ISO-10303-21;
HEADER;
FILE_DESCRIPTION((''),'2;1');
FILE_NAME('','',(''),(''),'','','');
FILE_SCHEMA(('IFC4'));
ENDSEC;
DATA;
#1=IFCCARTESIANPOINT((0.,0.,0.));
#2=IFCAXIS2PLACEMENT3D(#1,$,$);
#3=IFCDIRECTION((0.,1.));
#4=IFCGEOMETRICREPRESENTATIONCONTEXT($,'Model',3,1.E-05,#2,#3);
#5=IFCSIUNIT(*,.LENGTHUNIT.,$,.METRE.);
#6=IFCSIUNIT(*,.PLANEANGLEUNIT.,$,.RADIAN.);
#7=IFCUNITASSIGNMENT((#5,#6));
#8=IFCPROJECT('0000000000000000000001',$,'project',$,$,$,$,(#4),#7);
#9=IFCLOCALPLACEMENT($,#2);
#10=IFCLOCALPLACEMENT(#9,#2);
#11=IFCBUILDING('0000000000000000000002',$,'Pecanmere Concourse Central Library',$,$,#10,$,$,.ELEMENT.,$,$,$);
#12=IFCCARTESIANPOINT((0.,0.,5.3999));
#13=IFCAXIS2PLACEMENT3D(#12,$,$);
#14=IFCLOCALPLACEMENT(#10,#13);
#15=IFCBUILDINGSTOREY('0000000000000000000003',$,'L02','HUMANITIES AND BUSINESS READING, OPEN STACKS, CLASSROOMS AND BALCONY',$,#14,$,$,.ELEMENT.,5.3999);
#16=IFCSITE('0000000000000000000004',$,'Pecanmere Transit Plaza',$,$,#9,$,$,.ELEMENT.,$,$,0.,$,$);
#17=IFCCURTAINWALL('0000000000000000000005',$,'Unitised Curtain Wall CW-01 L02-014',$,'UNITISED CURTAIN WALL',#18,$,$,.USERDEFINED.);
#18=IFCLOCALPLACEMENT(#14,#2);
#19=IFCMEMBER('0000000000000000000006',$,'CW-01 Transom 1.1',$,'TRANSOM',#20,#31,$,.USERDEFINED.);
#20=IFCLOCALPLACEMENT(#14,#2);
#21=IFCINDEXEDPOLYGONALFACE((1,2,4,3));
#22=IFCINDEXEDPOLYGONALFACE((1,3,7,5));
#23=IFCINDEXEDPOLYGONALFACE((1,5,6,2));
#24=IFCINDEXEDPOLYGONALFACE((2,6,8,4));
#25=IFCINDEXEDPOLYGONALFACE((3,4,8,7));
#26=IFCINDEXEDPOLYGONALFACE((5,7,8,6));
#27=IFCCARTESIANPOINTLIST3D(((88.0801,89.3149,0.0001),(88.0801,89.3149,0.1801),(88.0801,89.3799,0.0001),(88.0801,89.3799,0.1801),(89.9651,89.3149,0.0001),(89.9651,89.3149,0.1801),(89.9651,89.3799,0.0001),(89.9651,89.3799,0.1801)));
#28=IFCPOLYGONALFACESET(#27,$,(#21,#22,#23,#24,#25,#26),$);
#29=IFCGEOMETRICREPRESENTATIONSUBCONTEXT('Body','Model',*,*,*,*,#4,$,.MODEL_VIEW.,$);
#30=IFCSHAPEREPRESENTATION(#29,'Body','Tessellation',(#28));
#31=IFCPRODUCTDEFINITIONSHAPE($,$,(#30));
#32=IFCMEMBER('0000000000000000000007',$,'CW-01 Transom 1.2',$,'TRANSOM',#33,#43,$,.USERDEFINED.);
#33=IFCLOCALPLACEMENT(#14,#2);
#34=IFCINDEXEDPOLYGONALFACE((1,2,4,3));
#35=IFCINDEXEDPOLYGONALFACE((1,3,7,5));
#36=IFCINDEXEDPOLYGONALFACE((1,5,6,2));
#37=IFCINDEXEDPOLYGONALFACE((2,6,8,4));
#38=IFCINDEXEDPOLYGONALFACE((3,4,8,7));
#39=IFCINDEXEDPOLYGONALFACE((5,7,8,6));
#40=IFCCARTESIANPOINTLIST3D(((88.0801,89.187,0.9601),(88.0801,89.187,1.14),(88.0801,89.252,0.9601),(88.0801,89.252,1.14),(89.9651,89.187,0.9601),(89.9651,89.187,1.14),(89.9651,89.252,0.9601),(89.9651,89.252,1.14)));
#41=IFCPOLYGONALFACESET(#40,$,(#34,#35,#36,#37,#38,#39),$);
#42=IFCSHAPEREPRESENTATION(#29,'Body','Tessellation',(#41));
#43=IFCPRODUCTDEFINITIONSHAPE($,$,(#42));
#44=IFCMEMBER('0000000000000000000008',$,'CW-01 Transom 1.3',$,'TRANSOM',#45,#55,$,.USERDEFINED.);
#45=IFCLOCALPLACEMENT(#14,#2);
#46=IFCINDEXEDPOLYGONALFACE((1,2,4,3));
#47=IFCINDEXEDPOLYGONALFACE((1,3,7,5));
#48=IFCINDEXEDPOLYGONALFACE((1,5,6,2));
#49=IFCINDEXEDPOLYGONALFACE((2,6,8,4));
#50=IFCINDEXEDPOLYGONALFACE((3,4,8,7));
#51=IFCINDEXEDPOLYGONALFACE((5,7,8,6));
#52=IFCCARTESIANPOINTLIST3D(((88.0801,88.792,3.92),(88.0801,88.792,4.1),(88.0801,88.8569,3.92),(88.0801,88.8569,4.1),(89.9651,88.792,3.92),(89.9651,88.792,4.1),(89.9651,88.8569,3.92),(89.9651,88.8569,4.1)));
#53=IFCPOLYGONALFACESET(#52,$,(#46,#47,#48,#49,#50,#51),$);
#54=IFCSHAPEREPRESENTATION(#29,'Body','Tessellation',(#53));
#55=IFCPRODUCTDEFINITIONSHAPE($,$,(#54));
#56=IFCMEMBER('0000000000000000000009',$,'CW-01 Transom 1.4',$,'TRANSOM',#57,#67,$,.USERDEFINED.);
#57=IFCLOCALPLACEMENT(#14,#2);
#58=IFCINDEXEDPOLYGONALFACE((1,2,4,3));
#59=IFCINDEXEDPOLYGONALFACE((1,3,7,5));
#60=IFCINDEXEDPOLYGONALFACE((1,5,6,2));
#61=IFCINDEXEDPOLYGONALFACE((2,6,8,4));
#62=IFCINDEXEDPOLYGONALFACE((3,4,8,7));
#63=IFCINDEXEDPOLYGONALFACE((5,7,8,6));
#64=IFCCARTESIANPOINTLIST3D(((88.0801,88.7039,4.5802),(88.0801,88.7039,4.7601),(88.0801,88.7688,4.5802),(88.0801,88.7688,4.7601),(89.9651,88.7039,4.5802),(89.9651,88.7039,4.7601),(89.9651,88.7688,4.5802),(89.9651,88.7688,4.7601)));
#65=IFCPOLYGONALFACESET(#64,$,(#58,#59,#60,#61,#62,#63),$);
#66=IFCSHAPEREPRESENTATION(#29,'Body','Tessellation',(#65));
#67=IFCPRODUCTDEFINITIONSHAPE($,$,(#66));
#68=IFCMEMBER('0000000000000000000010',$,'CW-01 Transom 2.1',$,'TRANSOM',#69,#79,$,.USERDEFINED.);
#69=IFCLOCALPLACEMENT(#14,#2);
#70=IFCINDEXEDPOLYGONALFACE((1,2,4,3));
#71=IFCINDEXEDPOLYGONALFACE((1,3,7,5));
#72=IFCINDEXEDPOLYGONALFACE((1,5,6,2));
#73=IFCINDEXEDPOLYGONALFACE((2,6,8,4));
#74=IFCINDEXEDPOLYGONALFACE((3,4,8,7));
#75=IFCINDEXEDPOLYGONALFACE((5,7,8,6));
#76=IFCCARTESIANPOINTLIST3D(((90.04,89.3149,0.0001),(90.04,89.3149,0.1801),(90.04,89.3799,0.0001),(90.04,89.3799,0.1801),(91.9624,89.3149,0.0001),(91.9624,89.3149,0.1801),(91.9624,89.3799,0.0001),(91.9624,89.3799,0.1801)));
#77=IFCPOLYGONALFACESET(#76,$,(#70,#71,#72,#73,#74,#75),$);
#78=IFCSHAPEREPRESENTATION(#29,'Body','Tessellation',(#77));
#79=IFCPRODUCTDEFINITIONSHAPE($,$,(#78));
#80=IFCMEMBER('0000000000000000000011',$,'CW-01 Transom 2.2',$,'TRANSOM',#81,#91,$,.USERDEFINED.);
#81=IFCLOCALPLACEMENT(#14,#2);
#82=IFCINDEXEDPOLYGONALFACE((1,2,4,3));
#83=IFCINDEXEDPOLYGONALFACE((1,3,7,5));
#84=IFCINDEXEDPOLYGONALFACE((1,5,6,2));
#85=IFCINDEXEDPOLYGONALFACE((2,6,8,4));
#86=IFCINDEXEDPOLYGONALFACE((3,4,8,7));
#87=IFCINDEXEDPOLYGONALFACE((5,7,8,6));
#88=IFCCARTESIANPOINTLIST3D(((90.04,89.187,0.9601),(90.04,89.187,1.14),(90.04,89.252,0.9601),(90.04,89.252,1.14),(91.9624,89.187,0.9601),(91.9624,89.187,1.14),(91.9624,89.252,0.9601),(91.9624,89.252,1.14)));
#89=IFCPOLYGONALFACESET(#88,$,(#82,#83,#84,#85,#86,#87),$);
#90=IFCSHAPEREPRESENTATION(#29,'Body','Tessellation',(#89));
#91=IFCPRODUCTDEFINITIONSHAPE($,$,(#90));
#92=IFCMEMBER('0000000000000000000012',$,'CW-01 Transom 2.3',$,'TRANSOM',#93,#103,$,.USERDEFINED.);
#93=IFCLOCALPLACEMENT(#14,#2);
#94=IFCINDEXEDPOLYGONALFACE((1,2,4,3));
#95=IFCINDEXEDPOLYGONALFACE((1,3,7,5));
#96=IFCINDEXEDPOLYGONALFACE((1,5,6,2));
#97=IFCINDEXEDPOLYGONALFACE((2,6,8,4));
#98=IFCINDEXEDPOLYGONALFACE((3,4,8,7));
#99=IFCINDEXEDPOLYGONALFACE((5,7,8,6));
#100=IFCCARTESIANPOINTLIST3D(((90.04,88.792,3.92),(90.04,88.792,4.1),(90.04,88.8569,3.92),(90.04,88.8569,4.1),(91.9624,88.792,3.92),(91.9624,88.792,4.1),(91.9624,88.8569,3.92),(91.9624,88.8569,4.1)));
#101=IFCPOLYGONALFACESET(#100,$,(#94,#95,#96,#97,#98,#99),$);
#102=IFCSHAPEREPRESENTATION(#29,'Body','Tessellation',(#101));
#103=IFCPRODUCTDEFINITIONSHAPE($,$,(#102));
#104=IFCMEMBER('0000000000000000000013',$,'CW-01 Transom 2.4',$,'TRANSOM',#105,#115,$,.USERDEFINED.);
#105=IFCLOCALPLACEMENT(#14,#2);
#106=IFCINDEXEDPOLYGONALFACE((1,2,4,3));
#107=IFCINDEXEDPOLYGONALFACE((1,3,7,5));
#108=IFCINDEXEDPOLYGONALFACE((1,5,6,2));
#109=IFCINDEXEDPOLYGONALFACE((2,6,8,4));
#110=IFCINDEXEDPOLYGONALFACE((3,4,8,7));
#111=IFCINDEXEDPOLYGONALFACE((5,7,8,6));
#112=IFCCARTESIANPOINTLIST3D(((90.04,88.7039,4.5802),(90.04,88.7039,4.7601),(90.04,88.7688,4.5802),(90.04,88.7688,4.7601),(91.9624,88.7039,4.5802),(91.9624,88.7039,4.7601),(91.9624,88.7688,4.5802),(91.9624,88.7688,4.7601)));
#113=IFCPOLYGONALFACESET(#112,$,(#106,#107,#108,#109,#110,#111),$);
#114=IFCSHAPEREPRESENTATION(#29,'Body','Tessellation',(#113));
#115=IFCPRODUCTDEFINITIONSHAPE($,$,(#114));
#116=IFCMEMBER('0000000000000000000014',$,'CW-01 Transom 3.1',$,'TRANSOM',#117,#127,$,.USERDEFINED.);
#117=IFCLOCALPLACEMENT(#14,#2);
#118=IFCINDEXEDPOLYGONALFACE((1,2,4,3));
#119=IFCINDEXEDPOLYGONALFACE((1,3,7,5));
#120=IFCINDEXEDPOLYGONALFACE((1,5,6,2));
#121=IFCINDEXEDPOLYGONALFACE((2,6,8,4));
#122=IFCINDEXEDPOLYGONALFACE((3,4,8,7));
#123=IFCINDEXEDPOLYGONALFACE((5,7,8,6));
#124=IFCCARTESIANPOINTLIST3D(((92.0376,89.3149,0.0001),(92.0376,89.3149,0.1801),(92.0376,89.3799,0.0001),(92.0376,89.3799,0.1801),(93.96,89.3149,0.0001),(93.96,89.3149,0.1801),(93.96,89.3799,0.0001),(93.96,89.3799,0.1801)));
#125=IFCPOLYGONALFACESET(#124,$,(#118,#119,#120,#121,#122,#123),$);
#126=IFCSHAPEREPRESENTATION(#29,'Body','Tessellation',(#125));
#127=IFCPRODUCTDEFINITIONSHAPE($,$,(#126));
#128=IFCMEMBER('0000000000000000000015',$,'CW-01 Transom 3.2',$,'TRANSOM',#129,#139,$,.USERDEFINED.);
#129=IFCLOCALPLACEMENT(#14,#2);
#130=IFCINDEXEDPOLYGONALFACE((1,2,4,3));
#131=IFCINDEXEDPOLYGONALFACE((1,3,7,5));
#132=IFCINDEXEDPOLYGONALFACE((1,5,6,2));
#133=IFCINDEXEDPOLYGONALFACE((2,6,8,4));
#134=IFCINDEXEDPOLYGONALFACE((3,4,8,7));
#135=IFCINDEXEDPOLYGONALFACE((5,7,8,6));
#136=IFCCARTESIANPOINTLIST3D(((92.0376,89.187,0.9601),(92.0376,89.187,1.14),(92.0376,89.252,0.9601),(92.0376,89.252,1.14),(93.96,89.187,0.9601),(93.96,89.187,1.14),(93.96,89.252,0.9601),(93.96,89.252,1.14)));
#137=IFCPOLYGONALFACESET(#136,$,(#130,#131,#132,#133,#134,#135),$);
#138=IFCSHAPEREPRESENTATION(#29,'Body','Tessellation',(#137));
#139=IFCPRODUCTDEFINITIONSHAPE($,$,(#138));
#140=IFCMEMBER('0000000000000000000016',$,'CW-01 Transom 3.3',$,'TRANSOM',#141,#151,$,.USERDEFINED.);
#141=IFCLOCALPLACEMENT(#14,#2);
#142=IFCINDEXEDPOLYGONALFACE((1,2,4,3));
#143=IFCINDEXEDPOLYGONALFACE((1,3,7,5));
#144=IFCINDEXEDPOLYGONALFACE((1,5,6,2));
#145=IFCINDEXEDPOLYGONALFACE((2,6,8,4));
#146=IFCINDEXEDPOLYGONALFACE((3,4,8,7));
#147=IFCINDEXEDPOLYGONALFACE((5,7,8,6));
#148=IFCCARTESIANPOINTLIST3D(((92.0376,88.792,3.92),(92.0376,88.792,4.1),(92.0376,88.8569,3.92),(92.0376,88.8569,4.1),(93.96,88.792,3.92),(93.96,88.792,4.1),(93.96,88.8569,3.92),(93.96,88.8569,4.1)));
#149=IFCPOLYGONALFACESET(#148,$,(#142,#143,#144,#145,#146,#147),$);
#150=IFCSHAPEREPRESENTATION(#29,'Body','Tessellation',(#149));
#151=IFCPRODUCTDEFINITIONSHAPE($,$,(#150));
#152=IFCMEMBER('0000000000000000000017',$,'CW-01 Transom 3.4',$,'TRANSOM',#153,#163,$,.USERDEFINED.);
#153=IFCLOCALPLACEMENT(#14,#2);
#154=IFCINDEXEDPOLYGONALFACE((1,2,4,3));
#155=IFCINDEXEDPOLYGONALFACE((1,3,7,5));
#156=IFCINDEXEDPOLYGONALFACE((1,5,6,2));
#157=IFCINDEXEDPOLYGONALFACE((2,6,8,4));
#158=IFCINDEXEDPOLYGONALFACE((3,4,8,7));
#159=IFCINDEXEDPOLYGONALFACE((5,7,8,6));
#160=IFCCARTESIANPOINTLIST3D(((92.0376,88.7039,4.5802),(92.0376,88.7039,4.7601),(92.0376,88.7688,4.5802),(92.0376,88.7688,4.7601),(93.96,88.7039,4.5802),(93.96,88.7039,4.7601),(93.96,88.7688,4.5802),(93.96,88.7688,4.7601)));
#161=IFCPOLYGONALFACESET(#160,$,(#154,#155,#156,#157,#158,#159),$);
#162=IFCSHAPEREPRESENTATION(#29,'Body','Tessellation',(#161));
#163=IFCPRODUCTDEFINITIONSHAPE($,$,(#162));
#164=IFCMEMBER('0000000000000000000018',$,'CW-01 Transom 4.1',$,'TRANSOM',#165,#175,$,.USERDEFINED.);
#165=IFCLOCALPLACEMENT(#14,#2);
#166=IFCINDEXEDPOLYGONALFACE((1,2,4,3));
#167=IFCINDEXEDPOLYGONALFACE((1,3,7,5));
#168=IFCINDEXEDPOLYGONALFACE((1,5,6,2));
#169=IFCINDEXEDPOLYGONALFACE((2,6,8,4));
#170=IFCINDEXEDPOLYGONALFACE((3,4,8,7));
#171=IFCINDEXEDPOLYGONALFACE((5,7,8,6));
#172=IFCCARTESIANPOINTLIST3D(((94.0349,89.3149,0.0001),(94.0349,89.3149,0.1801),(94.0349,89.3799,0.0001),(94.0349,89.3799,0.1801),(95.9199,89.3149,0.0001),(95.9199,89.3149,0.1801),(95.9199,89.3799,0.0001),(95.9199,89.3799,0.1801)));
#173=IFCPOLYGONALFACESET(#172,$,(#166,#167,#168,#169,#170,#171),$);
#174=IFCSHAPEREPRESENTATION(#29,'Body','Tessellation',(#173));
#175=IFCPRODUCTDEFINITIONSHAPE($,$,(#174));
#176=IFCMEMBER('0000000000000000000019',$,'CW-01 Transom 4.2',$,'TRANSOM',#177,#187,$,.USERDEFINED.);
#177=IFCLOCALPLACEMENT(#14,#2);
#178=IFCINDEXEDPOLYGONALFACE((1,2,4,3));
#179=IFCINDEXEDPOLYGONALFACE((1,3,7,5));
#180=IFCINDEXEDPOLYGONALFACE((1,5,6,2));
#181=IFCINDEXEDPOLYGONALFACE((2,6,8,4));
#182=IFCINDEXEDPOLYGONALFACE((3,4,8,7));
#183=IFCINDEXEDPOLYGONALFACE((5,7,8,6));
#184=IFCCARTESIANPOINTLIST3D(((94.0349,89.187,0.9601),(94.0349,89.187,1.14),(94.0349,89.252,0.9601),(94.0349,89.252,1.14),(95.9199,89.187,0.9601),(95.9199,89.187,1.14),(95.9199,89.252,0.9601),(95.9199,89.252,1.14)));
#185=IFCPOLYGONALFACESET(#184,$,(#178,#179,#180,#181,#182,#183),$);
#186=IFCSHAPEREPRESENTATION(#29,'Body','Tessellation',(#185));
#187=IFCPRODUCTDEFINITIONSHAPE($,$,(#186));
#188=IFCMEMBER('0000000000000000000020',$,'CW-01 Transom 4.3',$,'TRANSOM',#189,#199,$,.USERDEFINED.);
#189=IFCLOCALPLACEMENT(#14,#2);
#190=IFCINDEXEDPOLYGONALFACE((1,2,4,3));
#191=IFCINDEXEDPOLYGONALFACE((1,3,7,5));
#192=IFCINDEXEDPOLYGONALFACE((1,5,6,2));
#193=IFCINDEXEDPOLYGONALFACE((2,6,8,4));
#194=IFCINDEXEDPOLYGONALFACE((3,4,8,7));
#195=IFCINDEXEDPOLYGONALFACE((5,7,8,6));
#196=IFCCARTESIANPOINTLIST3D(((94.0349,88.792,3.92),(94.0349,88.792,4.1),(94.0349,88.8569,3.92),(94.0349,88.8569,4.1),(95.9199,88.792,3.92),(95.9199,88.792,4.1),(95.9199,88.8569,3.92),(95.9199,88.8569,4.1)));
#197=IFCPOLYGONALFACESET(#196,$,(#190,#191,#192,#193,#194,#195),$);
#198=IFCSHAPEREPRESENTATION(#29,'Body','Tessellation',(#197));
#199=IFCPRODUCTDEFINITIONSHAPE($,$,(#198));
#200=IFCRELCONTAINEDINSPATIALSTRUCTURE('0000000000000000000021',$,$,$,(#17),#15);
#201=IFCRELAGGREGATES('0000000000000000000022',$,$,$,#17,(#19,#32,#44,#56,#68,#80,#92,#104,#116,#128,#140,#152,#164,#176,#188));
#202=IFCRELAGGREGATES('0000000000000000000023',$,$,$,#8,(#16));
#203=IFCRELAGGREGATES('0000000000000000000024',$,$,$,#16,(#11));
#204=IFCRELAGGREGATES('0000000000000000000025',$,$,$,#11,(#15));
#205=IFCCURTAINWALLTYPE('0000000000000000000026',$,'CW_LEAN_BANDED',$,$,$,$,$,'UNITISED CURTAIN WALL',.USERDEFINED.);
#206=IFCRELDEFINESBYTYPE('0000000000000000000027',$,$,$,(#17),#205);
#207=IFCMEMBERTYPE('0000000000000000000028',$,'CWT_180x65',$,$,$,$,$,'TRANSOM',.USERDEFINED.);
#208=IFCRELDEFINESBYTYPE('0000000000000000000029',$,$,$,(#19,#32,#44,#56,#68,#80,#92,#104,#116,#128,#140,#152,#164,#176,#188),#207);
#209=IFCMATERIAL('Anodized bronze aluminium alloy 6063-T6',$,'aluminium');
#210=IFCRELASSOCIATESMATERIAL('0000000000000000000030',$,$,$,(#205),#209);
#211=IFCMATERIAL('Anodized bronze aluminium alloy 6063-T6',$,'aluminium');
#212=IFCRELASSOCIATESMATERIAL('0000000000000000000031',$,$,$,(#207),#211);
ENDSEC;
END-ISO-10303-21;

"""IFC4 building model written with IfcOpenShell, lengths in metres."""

from ifc_helpers import new_model, si_unit, direction, frame, origin, origin_2d, place, context, subcontext, project, spatial, rectangle, extrude, material, material_profile, profile_set, type_object, element, aggregate, save


model = new_model("IFC4")

# Units and contexts
model_context = context("Model", 3, precision=1e-05, world=origin(), true_north=direction((0.0, 1.0)))
body_context = subcontext(model_context, "Body", "Model", "MODEL_VIEW")
ifc_project = project(units=[si_unit("LENGTHUNIT", "METRE"), si_unit("PLANEANGLEUNIT", "RADIAN")], contexts=[model_context])

# Site, building, storey
site_placement = place(None, origin())
site = spatial("IfcSite", under=ifc_project, at=site_placement, Name="Pecanmere Transit Plaza", CompositionType="ELEMENT", RefElevation=0.0)
building_placement = place(site_placement, origin())
building = spatial("IfcBuilding", under=site, at=building_placement, Name="Pecanmere Concourse Central Library", CompositionType="ELEMENT")
storey_placement = place(building_placement, frame((0.0, 0.0, 5.3999)))
storey = spatial("IfcBuildingStorey", under=building, at=storey_placement, Name="L02", Description="HUMANITIES AND BUSINESS READING, OPEN STACKS, CLASSROOMS AND BALCONY", CompositionType="ELEMENT", Elevation=5.3999)

# Curtain wall, members
ifc_material_1 = material(Name="Anodized bronze aluminium alloy 6063-T6", Category="aluminium")
curtain_wall_type = type_object("IfcCurtainWallType", Name="CW_LEAN_BANDED", ElementType="UNITISED CURTAIN WALL", PredefinedType="USERDEFINED", material=ifc_material_1)
curtain_wall_placement = place(storey_placement, origin())
curtain_wall = element("IfcCurtainWall", 1, at=curtain_wall_placement, inside=storey, type_object=curtain_wall_type, Name="Unitised Curtain Wall CW-01 L02-014", ObjectType="UNITISED CURTAIN WALL", PredefinedType="USERDEFINED")
ifc_material_2 = material(Name="Anodized bronze aluminium alloy 6063-T6", Category="aluminium")
ifc_material_profile_1 = material_profile(ifc_material_2, rectangle(XDim=0.0649, YDim=0.1799, at=origin_2d()), Name="AL 65x180")
ifc_profile_set_1 = profile_set([ifc_material_profile_1], Name="Anodized bronze aluminium alloy 6063-T6")
member_type = type_object("IfcMemberType", Name="CWT_180x65", ElementType="TRANSOM", PredefinedType="USERDEFINED", material=ifc_profile_set_1)
member_1_placement = place(storey_placement, frame((88.0801, 89.3474, 0.0901), z_axis=(1.0, 0.0, 0.0), x_axis=(0.0, 1.0, 0.0)))
member_1 = element("IfcMember", 2, at=member_1_placement, type_object=member_type, Name="CW-01 Transom 1.1", ObjectType="TRANSOM", PredefinedType="USERDEFINED", context=body_context, shape_type="SweptSolid", body=[
    extrude(rectangle(XDim=0.0649, YDim=0.1799, at=origin_2d()), origin(), (0.0, 0.0, 1.0), 1.885),
])
member_2_placement = place(storey_placement, frame((88.0801, 89.2195, 1.05), z_axis=(1.0, 0.0, 0.0), x_axis=(0.0, 1.0, 0.0)))
member_2 = element("IfcMember", 3, at=member_2_placement, type_object=member_type, Name="CW-01 Transom 1.2", ObjectType="TRANSOM", PredefinedType="USERDEFINED", context=body_context, shape_type="SweptSolid", body=[
    extrude(rectangle(XDim=0.0649, YDim=0.1799, at=origin_2d()), origin(), (0.0, 0.0, 1.0), 1.885),
])
member_3_placement = place(storey_placement, frame((88.0801, 88.8245, 4.01), z_axis=(1.0, 0.0, 0.0), x_axis=(0.0, 1.0, 0.0)))
member_3 = element("IfcMember", 4, at=member_3_placement, type_object=member_type, Name="CW-01 Transom 1.3", ObjectType="TRANSOM", PredefinedType="USERDEFINED", context=body_context, shape_type="SweptSolid", body=[
    extrude(rectangle(XDim=0.0649, YDim=0.1799, at=origin_2d()), origin(), (0.0, 0.0, 1.0), 1.885),
])
member_4_placement = place(storey_placement, frame((88.0801, 88.7363, 4.6702), z_axis=(1.0, 0.0, 0.0), x_axis=(0.0, 1.0, 0.0)))
member_4 = element("IfcMember", 5, at=member_4_placement, type_object=member_type, Name="CW-01 Transom 1.4", ObjectType="TRANSOM", PredefinedType="USERDEFINED", context=body_context, shape_type="SweptSolid", body=[
    extrude(rectangle(XDim=0.0649, YDim=0.1799, at=origin_2d()), origin(), (0.0, 0.0, 1.0), 1.885),
])
member_5_placement = place(storey_placement, frame((90.04, 89.3474, 0.0901), z_axis=(1.0, 0.0, 0.0), x_axis=(0.0, 1.0, 0.0)))
member_5 = element("IfcMember", 6, at=member_5_placement, type_object=member_type, Name="CW-01 Transom 2.1", ObjectType="TRANSOM", PredefinedType="USERDEFINED", context=body_context, shape_type="SweptSolid", body=[
    extrude(rectangle(XDim=0.0649, YDim=0.1799, at=origin_2d()), origin(), (0.0, 0.0, 1.0), 1.9224),
])
member_6_placement = place(storey_placement, frame((90.04, 89.2195, 1.05), z_axis=(1.0, 0.0, 0.0), x_axis=(0.0, 1.0, 0.0)))
member_6 = element("IfcMember", 7, at=member_6_placement, type_object=member_type, Name="CW-01 Transom 2.2", ObjectType="TRANSOM", PredefinedType="USERDEFINED", context=body_context, shape_type="SweptSolid", body=[
    extrude(rectangle(XDim=0.0649, YDim=0.1799, at=origin_2d()), origin(), (0.0, 0.0, 1.0), 1.9224),
])
member_7_placement = place(storey_placement, frame((90.04, 88.8245, 4.01), z_axis=(1.0, 0.0, 0.0), x_axis=(0.0, 1.0, 0.0)))
member_7 = element("IfcMember", 8, at=member_7_placement, type_object=member_type, Name="CW-01 Transom 2.3", ObjectType="TRANSOM", PredefinedType="USERDEFINED", context=body_context, shape_type="SweptSolid", body=[
    extrude(rectangle(XDim=0.0649, YDim=0.1799, at=origin_2d()), origin(), (0.0, 0.0, 1.0), 1.9224),
])
member_8_placement = place(storey_placement, frame((90.04, 88.7363, 4.6702), z_axis=(1.0, 0.0, 0.0), x_axis=(0.0, 1.0, 0.0)))
member_8 = element("IfcMember", 9, at=member_8_placement, type_object=member_type, Name="CW-01 Transom 2.4", ObjectType="TRANSOM", PredefinedType="USERDEFINED", context=body_context, shape_type="SweptSolid", body=[
    extrude(rectangle(XDim=0.0649, YDim=0.1799, at=origin_2d()), origin(), (0.0, 0.0, 1.0), 1.9224),
])
member_9_placement = place(storey_placement, frame((92.0376, 89.3474, 0.0901), z_axis=(1.0, 0.0, 0.0), x_axis=(0.0, 1.0, 0.0)))
member_9 = element("IfcMember", 10, at=member_9_placement, type_object=member_type, Name="CW-01 Transom 3.1", ObjectType="TRANSOM", PredefinedType="USERDEFINED", context=body_context, shape_type="SweptSolid", body=[
    extrude(rectangle(XDim=0.0649, YDim=0.1799, at=origin_2d()), origin(), (0.0, 0.0, 1.0), 1.9224),
])
member_10_placement = place(storey_placement, frame((92.0376, 89.2195, 1.05), z_axis=(1.0, 0.0, 0.0), x_axis=(0.0, 1.0, 0.0)))
member_10 = element("IfcMember", 11, at=member_10_placement, type_object=member_type, Name="CW-01 Transom 3.2", ObjectType="TRANSOM", PredefinedType="USERDEFINED", context=body_context, shape_type="SweptSolid", body=[
    extrude(rectangle(XDim=0.0649, YDim=0.1799, at=origin_2d()), origin(), (0.0, 0.0, 1.0), 1.9224),
])
member_11_placement = place(storey_placement, frame((92.0376, 88.8245, 4.01), z_axis=(1.0, 0.0, 0.0), x_axis=(0.0, 1.0, 0.0)))
member_11 = element("IfcMember", 12, at=member_11_placement, type_object=member_type, Name="CW-01 Transom 3.3", ObjectType="TRANSOM", PredefinedType="USERDEFINED", context=body_context, shape_type="SweptSolid", body=[
    extrude(rectangle(XDim=0.0649, YDim=0.1799, at=origin_2d()), origin(), (0.0, 0.0, 1.0), 1.9224),
])
member_12_placement = place(storey_placement, frame((92.0376, 88.7363, 4.6702), z_axis=(1.0, 0.0, 0.0), x_axis=(0.0, 1.0, 0.0)))
member_12 = element("IfcMember", 13, at=member_12_placement, type_object=member_type, Name="CW-01 Transom 3.4", ObjectType="TRANSOM", PredefinedType="USERDEFINED", context=body_context, shape_type="SweptSolid", body=[
    extrude(rectangle(XDim=0.0649, YDim=0.1799, at=origin_2d()), origin(), (0.0, 0.0, 1.0), 1.9224),
])
member_13_placement = place(storey_placement, frame((94.0349, 89.3474, 0.0901), z_axis=(1.0, 0.0, 0.0), x_axis=(0.0, 1.0, 0.0)))
member_13 = element("IfcMember", 14, at=member_13_placement, type_object=member_type, Name="CW-01 Transom 4.1", ObjectType="TRANSOM", PredefinedType="USERDEFINED", context=body_context, shape_type="SweptSolid", body=[
    extrude(rectangle(XDim=0.0649, YDim=0.1799, at=origin_2d()), origin(), (0.0, 0.0, 1.0), 1.885),
])
member_14_placement = place(storey_placement, frame((94.0349, 89.2195, 1.05), z_axis=(1.0, 0.0, 0.0), x_axis=(0.0, 1.0, 0.0)))
member_14 = element("IfcMember", 15, at=member_14_placement, type_object=member_type, Name="CW-01 Transom 4.2", ObjectType="TRANSOM", PredefinedType="USERDEFINED", context=body_context, shape_type="SweptSolid", body=[
    extrude(rectangle(XDim=0.0649, YDim=0.1799, at=origin_2d()), origin(), (0.0, 0.0, 1.0), 1.885),
])
member_15_placement = place(storey_placement, frame((94.0349, 88.8245, 4.01), z_axis=(1.0, 0.0, 0.0), x_axis=(0.0, 1.0, 0.0)))
member_15 = element("IfcMember", 16, at=member_15_placement, type_object=member_type, Name="CW-01 Transom 4.3", ObjectType="TRANSOM", PredefinedType="USERDEFINED", context=body_context, shape_type="SweptSolid", body=[
    extrude(rectangle(XDim=0.0649, YDim=0.1799, at=origin_2d()), origin(), (0.0, 0.0, 1.0), 1.885),
])

aggregate(curtain_wall, [member_1, member_2, member_3, member_4, member_5, member_6, member_7, member_8, member_9, member_10, member_11, member_12, member_13, member_14, member_15])

save(model, "model.ifc")
